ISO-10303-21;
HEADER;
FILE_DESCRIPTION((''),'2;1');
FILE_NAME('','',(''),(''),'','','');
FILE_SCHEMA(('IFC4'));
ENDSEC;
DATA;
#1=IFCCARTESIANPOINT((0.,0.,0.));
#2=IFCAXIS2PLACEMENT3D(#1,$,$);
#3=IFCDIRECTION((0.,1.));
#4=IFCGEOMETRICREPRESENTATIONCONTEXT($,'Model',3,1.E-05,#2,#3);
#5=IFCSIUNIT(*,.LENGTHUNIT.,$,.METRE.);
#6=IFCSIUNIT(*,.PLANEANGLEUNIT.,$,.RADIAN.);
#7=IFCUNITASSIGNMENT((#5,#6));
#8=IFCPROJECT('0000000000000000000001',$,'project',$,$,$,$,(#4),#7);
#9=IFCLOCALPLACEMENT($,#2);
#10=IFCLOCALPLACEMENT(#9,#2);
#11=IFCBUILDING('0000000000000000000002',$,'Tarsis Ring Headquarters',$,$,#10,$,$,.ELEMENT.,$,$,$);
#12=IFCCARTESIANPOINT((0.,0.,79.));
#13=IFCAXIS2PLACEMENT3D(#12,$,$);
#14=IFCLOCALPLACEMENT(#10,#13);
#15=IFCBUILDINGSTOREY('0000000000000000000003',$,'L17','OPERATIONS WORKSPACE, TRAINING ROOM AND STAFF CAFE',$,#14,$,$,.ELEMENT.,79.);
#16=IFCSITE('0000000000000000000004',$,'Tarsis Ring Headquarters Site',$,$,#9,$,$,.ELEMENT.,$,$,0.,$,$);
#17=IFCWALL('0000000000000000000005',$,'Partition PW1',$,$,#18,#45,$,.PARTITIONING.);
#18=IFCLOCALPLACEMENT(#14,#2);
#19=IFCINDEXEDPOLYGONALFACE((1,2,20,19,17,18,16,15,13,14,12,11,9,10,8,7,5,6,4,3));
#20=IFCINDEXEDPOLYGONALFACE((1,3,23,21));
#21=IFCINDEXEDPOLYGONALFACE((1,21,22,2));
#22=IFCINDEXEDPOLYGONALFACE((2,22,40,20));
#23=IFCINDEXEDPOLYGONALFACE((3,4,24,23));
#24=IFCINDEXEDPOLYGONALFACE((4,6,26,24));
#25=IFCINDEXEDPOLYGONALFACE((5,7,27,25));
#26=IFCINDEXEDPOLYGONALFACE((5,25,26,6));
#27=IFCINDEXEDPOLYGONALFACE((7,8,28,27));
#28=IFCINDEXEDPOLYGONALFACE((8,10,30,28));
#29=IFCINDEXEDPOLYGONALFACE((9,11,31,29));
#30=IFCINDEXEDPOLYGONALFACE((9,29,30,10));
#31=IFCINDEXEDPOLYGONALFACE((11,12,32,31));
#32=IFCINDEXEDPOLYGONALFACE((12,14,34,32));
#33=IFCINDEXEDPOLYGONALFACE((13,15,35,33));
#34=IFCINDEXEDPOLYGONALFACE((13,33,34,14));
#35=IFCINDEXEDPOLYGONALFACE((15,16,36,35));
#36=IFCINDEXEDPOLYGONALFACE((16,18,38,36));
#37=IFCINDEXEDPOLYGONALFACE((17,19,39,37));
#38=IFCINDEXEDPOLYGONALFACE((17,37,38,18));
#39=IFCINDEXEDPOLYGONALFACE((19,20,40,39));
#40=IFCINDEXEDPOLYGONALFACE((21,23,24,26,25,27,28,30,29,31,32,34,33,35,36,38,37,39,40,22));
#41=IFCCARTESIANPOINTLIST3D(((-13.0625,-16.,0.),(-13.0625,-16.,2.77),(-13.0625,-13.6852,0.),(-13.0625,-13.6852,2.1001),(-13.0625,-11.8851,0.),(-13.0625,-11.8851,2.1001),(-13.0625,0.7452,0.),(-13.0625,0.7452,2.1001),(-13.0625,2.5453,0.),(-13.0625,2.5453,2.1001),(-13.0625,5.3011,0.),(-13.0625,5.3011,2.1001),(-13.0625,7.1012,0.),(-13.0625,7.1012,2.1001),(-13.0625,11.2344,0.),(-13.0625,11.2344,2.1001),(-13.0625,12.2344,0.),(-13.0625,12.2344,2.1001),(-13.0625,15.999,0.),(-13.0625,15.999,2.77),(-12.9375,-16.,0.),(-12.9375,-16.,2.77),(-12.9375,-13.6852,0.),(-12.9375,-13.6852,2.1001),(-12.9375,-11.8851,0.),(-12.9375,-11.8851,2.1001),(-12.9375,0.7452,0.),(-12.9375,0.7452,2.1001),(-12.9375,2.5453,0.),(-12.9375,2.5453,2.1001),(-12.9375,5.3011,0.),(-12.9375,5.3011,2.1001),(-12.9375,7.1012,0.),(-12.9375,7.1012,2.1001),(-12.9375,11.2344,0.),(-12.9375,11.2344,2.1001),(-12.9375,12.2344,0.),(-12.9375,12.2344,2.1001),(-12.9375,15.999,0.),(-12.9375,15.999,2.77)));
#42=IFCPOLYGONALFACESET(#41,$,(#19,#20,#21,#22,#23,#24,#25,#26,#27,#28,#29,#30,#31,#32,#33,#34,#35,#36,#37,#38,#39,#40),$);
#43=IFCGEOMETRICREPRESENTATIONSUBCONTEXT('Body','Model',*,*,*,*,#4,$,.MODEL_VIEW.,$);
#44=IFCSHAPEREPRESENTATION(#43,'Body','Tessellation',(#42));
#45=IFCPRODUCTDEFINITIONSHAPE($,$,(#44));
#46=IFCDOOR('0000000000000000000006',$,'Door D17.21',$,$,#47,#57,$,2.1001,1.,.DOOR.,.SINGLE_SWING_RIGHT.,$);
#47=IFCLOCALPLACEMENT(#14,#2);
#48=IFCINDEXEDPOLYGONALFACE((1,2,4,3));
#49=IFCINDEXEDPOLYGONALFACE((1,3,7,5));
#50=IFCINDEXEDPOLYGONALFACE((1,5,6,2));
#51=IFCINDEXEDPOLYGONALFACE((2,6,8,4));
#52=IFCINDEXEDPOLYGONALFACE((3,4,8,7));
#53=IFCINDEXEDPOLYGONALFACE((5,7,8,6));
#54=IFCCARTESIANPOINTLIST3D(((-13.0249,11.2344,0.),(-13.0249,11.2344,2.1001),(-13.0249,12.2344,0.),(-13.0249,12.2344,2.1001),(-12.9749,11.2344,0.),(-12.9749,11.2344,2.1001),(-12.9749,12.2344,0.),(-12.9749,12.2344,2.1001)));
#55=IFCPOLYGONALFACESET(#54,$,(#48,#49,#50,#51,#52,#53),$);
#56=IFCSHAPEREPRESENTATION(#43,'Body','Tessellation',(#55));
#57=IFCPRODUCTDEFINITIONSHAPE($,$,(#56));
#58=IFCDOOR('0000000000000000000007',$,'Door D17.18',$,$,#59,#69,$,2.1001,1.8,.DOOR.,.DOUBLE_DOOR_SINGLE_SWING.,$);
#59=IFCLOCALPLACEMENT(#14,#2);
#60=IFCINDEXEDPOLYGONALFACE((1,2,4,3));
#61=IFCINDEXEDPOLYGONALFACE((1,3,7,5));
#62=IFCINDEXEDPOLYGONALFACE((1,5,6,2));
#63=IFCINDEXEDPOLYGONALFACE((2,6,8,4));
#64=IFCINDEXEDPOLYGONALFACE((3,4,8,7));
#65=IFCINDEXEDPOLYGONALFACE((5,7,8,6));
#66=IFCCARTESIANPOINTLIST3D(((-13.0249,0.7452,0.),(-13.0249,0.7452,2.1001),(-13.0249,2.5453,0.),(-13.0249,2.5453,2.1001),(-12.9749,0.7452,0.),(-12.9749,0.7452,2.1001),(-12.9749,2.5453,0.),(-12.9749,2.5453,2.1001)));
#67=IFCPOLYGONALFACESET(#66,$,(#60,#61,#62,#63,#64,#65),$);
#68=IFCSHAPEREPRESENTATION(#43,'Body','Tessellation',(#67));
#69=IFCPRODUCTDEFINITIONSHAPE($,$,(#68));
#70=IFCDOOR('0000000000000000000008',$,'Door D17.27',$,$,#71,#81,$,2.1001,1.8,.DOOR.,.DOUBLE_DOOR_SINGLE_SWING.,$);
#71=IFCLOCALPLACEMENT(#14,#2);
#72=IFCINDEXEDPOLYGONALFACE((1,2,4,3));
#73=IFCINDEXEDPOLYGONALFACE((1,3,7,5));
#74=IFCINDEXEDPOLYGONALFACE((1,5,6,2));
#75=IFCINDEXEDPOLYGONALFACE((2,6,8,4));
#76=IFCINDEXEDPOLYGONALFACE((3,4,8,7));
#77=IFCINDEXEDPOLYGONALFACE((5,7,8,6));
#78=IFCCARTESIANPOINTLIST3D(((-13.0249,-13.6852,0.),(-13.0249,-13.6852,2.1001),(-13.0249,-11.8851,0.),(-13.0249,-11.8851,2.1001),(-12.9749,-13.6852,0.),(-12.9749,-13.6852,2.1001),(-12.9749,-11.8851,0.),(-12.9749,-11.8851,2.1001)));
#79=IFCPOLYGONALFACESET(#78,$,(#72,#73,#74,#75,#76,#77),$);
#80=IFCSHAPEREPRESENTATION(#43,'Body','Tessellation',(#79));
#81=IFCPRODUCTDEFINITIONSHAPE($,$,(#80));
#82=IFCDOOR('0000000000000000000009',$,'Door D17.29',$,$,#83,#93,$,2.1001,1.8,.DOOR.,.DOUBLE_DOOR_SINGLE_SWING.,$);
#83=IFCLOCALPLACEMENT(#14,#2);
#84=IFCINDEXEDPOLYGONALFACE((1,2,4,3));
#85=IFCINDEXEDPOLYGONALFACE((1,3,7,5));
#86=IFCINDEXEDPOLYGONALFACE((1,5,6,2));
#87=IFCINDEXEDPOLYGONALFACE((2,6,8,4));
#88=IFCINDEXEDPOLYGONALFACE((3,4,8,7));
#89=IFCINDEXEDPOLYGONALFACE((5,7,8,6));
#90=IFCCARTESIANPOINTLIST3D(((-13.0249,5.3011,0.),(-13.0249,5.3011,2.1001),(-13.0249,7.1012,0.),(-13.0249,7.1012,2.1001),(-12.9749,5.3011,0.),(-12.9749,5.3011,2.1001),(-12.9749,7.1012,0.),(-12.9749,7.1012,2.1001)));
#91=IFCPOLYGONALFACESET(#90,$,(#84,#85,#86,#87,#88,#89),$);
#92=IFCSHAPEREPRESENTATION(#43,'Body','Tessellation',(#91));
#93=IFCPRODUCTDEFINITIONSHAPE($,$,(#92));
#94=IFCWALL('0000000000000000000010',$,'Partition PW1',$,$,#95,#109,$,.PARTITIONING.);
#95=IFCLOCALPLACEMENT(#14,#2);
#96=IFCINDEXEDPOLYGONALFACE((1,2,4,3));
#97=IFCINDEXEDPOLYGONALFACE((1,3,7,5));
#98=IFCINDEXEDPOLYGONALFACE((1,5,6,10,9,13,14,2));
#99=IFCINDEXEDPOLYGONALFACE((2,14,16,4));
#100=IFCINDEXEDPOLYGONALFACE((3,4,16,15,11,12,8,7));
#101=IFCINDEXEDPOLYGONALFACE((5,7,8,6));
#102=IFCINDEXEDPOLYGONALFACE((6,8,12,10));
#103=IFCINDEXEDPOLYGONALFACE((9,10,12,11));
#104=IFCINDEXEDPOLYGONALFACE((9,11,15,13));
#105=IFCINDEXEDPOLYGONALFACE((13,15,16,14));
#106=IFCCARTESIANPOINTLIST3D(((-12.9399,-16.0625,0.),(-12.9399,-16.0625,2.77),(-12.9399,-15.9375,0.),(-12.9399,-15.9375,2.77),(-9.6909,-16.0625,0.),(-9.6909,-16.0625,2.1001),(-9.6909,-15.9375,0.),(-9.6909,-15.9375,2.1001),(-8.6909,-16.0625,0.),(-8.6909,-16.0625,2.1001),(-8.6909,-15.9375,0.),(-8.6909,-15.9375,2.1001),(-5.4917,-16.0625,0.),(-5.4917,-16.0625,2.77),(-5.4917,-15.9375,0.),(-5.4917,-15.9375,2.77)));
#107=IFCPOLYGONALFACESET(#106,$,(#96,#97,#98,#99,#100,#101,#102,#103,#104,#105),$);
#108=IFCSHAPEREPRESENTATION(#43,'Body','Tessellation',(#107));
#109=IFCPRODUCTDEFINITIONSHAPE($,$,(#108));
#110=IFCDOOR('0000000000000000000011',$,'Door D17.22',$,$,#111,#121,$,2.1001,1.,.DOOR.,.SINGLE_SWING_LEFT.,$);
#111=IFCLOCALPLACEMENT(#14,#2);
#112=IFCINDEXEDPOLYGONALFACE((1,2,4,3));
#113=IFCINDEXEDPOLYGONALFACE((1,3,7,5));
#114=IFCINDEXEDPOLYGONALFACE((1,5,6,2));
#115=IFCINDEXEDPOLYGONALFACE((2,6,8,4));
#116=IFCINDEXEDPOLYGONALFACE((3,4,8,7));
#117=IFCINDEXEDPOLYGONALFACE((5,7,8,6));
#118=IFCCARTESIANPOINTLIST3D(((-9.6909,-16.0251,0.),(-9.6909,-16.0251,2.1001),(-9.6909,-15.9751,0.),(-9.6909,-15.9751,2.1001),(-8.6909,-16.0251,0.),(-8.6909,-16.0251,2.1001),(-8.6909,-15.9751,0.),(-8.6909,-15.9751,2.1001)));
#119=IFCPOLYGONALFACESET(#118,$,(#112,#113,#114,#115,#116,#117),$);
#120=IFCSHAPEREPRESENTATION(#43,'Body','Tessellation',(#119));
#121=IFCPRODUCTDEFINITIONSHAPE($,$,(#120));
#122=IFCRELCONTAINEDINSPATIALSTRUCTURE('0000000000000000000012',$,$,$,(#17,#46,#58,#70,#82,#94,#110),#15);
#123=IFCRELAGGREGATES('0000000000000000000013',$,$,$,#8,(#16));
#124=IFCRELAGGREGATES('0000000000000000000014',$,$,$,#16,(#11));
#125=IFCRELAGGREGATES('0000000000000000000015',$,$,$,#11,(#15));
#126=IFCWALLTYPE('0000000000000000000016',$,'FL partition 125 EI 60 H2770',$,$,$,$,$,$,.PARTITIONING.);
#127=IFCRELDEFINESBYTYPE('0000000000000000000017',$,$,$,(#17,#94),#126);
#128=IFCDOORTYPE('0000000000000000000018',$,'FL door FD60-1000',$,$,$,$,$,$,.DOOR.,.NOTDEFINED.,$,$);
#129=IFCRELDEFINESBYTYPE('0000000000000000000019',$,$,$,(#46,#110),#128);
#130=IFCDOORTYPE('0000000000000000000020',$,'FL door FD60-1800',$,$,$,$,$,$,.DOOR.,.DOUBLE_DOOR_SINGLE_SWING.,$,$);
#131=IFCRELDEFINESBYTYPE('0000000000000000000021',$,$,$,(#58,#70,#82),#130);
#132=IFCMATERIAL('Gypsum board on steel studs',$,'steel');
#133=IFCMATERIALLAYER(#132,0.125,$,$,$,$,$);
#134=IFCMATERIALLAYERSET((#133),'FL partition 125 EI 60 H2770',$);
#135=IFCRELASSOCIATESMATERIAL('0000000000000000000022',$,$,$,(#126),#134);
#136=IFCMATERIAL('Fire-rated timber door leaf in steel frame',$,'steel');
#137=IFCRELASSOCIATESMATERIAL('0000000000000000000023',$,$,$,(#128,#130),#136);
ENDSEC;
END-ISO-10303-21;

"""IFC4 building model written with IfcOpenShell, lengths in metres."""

from ifc_helpers import new_model, si_unit, direction, frame, frame_2d, origin, place, context, subcontext, project, spatial, rectangle, extrude, material, layer, layer_set, type_object, element, fill, save


model = new_model("IFC4")

# Units and contexts
model_context = context("Model", 3, precision=1e-05, world=origin(), true_north=direction((0.0, 1.0)))
body_context = subcontext(model_context, "Body", "Model", "MODEL_VIEW")
ifc_project = project(units=[si_unit("LENGTHUNIT", "METRE"), si_unit("PLANEANGLEUNIT", "RADIAN")], contexts=[model_context])

# Site, building, storey
site_placement = place(None, origin())
site = spatial("IfcSite", under=ifc_project, at=site_placement, Name="Tarsis Ring Headquarters Site", CompositionType="ELEMENT", RefElevation=0.0)
building_placement = place(site_placement, origin())
building = spatial("IfcBuilding", under=site, at=building_placement, Name="Tarsis Ring Headquarters", CompositionType="ELEMENT")
storey_placement = place(building_placement, frame((0.0, 0.0, 79.0)))
storey = spatial("IfcBuildingStorey", under=building, at=storey_placement, Name="L17", Description="OPERATIONS WORKSPACE, TRAINING ROOM AND STAFF CAFE", CompositionType="ELEMENT", Elevation=79.0)

# Shared definitions
ifc_material_1 = material(Name="Gypsum board on steel studs", Category="steel")

# Wall, openings, doors
ifc_layer_1 = layer(ifc_material_1, 0.125)
ifc_layer_set_1 = layer_set([ifc_layer_1], Name="FL partition 125 EI 60 H2770")
wall_type_1 = type_object("IfcWallType", Name="FL partition 125 EI 60 H2770", PredefinedType="PARTITIONING", material=ifc_layer_set_1)
wall_1_placement = place(storey_placement, frame((-13.0, -16.0, 0.0), z_axis=(0.0, 0.0, 1.0), x_axis=(0.0, 1.0, 0.0)))
wall_1 = element("IfcWall", 1, at=wall_1_placement, inside=storey, type_object=wall_type_1, Name="Partition PW1", PredefinedType="PARTITIONING", context=body_context, shape_type="SweptSolid", body=[
    extrude(rectangle(XDim=31.999, YDim=0.125, at=frame_2d((15.9995, 0.0))), origin(), (0.0, 0.0, 1.0), 2.77),
])
opening_1_placement = place(wall_1_placement, frame((16.7454, 0.0, 0.0)))
opening_1 = element("IfcOpeningElement", 2, at=opening_1_placement, cuts=wall_1, PredefinedType="OPENING", context=body_context, shape_type="SweptSolid", body=[
    extrude(rectangle(XDim=1.8, YDim=2.1001, at=frame_2d((0.8999, 1.05))), frame((0.0, 0.0725, 0.0), z_axis=(0.0, -1.0, 0.0), x_axis=(1.0, 0.0, 0.0)), (0.0, 0.0, 1.0), 0.145),
])
opening_2_placement = place(wall_1_placement, frame((27.2344, 0.0, 0.0)))
opening_2 = element("IfcOpeningElement", 3, at=opening_2_placement, cuts=wall_1, PredefinedType="OPENING", context=body_context, shape_type="SweptSolid", body=[
    extrude(rectangle(XDim=1.0, YDim=2.1001, at=frame_2d((0.5, 1.05))), frame((0.0, 0.0725, 0.0), z_axis=(0.0, -1.0, 0.0), x_axis=(1.0, 0.0, 0.0)), (0.0, 0.0, 1.0), 0.145),
])
opening_3_placement = place(wall_1_placement, frame((2.3149, 0.0, 0.0)))
opening_3 = element("IfcOpeningElement", 4, at=opening_3_placement, cuts=wall_1, PredefinedType="OPENING", context=body_context, shape_type="SweptSolid", body=[
    extrude(rectangle(XDim=1.8, YDim=2.1001, at=frame_2d((0.8999, 1.05))), frame((0.0, 0.0725, 0.0), z_axis=(0.0, -1.0, 0.0), x_axis=(1.0, 0.0, 0.0)), (0.0, 0.0, 1.0), 0.145),
])
opening_4_placement = place(wall_1_placement, frame((21.3013, 0.0, 0.0)))
opening_4 = element("IfcOpeningElement", 5, at=opening_4_placement, cuts=wall_1, PredefinedType="OPENING", context=body_context, shape_type="SweptSolid", body=[
    extrude(rectangle(XDim=1.8, YDim=2.1001, at=frame_2d((0.8999, 1.05))), frame((0.0, 0.0725, 0.0), z_axis=(0.0, -1.0, 0.0), x_axis=(1.0, 0.0, 0.0)), (0.0, 0.0, 1.0), 0.145),
])
ifc_material_2 = material(Name="Fire-rated timber door leaf in steel frame", Category="steel")
door_type_1 = type_object("IfcDoorType", Name="FL door FD60-1000", OperationType="NOTDEFINED", PredefinedType="DOOR", material=ifc_material_2)
door_1_placement = place(opening_2_placement, origin())
door_1 = element("IfcDoor", 6, at=door_1_placement, inside=storey, type_object=door_type_1, Name="Door D17.21", OperationType="SINGLE_SWING_RIGHT", OverallHeight=2.1001, OverallWidth=1.0, PredefinedType="DOOR", context=body_context, shape_type="SweptSolid", body=[
    extrude(rectangle(XDim=1.0, YDim=2.1001, at=frame_2d((0.5, 1.05))), frame((0.0, 0.0249, 0.0), z_axis=(0.0, -1.0, 0.0), x_axis=(1.0, 0.0, 0.0)), (0.0, 0.0, 1.0), 0.05),
])
fill(opening_2, door_1)
door_type_2 = type_object("IfcDoorType", Name="FL door FD60-1800", OperationType="DOUBLE_DOOR_SINGLE_SWING", PredefinedType="DOOR", material=ifc_material_2)
door_2_placement = place(opening_1_placement, origin())
door_2 = element("IfcDoor", 7, at=door_2_placement, inside=storey, type_object=door_type_2, Name="Door D17.18", OperationType="DOUBLE_DOOR_SINGLE_SWING", OverallHeight=2.1001, OverallWidth=1.8, PredefinedType="DOOR", context=body_context, shape_type="SweptSolid", body=[
    extrude(rectangle(XDim=1.8, YDim=2.1001, at=frame_2d((0.8999, 1.05))), frame((0.0, 0.0249, 0.0), z_axis=(0.0, -1.0, 0.0), x_axis=(1.0, 0.0, 0.0)), (0.0, 0.0, 1.0), 0.05),
])
fill(opening_1, door_2)
door_3_placement = place(opening_3_placement, origin())
door_3 = element("IfcDoor", 8, at=door_3_placement, inside=storey, type_object=door_type_2, Name="Door D17.27", OperationType="DOUBLE_DOOR_SINGLE_SWING", OverallHeight=2.1001, OverallWidth=1.8, PredefinedType="DOOR", context=body_context, shape_type="SweptSolid", body=[
    extrude(rectangle(XDim=1.8, YDim=2.1001, at=frame_2d((0.8999, 1.05))), frame((0.0, 0.0249, 0.0), z_axis=(0.0, -1.0, 0.0), x_axis=(1.0, 0.0, 0.0)), (0.0, 0.0, 1.0), 0.05),
])
fill(opening_3, door_3)
door_4_placement = place(opening_4_placement, origin())
door_4 = element("IfcDoor", 9, at=door_4_placement, inside=storey, type_object=door_type_2, Name="Door D17.29", OperationType="DOUBLE_DOOR_SINGLE_SWING", OverallHeight=2.1001, OverallWidth=1.8, PredefinedType="DOOR", context=body_context, shape_type="SweptSolid", body=[
    extrude(rectangle(XDim=1.8, YDim=2.1001, at=frame_2d((0.8999, 1.05))), frame((0.0, 0.0249, 0.0), z_axis=(0.0, -1.0, 0.0), x_axis=(1.0, 0.0, 0.0)), (0.0, 0.0, 1.0), 0.05),
])
fill(opening_4, door_4)

# Wall, opening, door
wall_2_placement = place(storey_placement, frame((-12.9399, -16.0, 0.0), z_axis=(0.0, 0.0, 1.0), x_axis=(1.0, 0.0, 0.0)))
wall_2 = element("IfcWall", 10, at=wall_2_placement, inside=storey, type_object=wall_type_1, Name="Partition PW1", PredefinedType="PARTITIONING", context=body_context, shape_type="SweptSolid", body=[
    extrude(rectangle(XDim=7.4482, YDim=0.125, at=frame_2d((3.7241, 0.0))), origin(), (0.0, 0.0, 1.0), 2.77),
])
opening_5_placement = place(wall_2_placement, frame((3.249, 0.0, 0.0)))
opening_5 = element("IfcOpeningElement", 11, at=opening_5_placement, cuts=wall_2, PredefinedType="OPENING", context=body_context, shape_type="SweptSolid", body=[
    extrude(rectangle(XDim=1.0, YDim=2.1001, at=frame_2d((0.5, 1.05))), frame((0.0, 0.0725, 0.0), z_axis=(0.0, -1.0, 0.0), x_axis=(1.0, 0.0, 0.0)), (0.0, 0.0, 1.0), 0.145),
])
door_5_placement = place(opening_5_placement, origin())
door_5 = element("IfcDoor", 12, at=door_5_placement, inside=storey, type_object=door_type_1, Name="Door D17.22", OperationType="SINGLE_SWING_LEFT", OverallHeight=2.1001, OverallWidth=1.0, PredefinedType="DOOR", context=body_context, shape_type="SweptSolid", body=[
    extrude(rectangle(XDim=1.0, YDim=2.1001, at=frame_2d((0.5, 1.05))), frame((0.0, 0.0249, 0.0), z_axis=(0.0, -1.0, 0.0), x_axis=(1.0, 0.0, 0.0)), (0.0, 0.0, 1.0), 0.05),
])
fill(opening_5, door_5)

save(model, "model.ifc")
